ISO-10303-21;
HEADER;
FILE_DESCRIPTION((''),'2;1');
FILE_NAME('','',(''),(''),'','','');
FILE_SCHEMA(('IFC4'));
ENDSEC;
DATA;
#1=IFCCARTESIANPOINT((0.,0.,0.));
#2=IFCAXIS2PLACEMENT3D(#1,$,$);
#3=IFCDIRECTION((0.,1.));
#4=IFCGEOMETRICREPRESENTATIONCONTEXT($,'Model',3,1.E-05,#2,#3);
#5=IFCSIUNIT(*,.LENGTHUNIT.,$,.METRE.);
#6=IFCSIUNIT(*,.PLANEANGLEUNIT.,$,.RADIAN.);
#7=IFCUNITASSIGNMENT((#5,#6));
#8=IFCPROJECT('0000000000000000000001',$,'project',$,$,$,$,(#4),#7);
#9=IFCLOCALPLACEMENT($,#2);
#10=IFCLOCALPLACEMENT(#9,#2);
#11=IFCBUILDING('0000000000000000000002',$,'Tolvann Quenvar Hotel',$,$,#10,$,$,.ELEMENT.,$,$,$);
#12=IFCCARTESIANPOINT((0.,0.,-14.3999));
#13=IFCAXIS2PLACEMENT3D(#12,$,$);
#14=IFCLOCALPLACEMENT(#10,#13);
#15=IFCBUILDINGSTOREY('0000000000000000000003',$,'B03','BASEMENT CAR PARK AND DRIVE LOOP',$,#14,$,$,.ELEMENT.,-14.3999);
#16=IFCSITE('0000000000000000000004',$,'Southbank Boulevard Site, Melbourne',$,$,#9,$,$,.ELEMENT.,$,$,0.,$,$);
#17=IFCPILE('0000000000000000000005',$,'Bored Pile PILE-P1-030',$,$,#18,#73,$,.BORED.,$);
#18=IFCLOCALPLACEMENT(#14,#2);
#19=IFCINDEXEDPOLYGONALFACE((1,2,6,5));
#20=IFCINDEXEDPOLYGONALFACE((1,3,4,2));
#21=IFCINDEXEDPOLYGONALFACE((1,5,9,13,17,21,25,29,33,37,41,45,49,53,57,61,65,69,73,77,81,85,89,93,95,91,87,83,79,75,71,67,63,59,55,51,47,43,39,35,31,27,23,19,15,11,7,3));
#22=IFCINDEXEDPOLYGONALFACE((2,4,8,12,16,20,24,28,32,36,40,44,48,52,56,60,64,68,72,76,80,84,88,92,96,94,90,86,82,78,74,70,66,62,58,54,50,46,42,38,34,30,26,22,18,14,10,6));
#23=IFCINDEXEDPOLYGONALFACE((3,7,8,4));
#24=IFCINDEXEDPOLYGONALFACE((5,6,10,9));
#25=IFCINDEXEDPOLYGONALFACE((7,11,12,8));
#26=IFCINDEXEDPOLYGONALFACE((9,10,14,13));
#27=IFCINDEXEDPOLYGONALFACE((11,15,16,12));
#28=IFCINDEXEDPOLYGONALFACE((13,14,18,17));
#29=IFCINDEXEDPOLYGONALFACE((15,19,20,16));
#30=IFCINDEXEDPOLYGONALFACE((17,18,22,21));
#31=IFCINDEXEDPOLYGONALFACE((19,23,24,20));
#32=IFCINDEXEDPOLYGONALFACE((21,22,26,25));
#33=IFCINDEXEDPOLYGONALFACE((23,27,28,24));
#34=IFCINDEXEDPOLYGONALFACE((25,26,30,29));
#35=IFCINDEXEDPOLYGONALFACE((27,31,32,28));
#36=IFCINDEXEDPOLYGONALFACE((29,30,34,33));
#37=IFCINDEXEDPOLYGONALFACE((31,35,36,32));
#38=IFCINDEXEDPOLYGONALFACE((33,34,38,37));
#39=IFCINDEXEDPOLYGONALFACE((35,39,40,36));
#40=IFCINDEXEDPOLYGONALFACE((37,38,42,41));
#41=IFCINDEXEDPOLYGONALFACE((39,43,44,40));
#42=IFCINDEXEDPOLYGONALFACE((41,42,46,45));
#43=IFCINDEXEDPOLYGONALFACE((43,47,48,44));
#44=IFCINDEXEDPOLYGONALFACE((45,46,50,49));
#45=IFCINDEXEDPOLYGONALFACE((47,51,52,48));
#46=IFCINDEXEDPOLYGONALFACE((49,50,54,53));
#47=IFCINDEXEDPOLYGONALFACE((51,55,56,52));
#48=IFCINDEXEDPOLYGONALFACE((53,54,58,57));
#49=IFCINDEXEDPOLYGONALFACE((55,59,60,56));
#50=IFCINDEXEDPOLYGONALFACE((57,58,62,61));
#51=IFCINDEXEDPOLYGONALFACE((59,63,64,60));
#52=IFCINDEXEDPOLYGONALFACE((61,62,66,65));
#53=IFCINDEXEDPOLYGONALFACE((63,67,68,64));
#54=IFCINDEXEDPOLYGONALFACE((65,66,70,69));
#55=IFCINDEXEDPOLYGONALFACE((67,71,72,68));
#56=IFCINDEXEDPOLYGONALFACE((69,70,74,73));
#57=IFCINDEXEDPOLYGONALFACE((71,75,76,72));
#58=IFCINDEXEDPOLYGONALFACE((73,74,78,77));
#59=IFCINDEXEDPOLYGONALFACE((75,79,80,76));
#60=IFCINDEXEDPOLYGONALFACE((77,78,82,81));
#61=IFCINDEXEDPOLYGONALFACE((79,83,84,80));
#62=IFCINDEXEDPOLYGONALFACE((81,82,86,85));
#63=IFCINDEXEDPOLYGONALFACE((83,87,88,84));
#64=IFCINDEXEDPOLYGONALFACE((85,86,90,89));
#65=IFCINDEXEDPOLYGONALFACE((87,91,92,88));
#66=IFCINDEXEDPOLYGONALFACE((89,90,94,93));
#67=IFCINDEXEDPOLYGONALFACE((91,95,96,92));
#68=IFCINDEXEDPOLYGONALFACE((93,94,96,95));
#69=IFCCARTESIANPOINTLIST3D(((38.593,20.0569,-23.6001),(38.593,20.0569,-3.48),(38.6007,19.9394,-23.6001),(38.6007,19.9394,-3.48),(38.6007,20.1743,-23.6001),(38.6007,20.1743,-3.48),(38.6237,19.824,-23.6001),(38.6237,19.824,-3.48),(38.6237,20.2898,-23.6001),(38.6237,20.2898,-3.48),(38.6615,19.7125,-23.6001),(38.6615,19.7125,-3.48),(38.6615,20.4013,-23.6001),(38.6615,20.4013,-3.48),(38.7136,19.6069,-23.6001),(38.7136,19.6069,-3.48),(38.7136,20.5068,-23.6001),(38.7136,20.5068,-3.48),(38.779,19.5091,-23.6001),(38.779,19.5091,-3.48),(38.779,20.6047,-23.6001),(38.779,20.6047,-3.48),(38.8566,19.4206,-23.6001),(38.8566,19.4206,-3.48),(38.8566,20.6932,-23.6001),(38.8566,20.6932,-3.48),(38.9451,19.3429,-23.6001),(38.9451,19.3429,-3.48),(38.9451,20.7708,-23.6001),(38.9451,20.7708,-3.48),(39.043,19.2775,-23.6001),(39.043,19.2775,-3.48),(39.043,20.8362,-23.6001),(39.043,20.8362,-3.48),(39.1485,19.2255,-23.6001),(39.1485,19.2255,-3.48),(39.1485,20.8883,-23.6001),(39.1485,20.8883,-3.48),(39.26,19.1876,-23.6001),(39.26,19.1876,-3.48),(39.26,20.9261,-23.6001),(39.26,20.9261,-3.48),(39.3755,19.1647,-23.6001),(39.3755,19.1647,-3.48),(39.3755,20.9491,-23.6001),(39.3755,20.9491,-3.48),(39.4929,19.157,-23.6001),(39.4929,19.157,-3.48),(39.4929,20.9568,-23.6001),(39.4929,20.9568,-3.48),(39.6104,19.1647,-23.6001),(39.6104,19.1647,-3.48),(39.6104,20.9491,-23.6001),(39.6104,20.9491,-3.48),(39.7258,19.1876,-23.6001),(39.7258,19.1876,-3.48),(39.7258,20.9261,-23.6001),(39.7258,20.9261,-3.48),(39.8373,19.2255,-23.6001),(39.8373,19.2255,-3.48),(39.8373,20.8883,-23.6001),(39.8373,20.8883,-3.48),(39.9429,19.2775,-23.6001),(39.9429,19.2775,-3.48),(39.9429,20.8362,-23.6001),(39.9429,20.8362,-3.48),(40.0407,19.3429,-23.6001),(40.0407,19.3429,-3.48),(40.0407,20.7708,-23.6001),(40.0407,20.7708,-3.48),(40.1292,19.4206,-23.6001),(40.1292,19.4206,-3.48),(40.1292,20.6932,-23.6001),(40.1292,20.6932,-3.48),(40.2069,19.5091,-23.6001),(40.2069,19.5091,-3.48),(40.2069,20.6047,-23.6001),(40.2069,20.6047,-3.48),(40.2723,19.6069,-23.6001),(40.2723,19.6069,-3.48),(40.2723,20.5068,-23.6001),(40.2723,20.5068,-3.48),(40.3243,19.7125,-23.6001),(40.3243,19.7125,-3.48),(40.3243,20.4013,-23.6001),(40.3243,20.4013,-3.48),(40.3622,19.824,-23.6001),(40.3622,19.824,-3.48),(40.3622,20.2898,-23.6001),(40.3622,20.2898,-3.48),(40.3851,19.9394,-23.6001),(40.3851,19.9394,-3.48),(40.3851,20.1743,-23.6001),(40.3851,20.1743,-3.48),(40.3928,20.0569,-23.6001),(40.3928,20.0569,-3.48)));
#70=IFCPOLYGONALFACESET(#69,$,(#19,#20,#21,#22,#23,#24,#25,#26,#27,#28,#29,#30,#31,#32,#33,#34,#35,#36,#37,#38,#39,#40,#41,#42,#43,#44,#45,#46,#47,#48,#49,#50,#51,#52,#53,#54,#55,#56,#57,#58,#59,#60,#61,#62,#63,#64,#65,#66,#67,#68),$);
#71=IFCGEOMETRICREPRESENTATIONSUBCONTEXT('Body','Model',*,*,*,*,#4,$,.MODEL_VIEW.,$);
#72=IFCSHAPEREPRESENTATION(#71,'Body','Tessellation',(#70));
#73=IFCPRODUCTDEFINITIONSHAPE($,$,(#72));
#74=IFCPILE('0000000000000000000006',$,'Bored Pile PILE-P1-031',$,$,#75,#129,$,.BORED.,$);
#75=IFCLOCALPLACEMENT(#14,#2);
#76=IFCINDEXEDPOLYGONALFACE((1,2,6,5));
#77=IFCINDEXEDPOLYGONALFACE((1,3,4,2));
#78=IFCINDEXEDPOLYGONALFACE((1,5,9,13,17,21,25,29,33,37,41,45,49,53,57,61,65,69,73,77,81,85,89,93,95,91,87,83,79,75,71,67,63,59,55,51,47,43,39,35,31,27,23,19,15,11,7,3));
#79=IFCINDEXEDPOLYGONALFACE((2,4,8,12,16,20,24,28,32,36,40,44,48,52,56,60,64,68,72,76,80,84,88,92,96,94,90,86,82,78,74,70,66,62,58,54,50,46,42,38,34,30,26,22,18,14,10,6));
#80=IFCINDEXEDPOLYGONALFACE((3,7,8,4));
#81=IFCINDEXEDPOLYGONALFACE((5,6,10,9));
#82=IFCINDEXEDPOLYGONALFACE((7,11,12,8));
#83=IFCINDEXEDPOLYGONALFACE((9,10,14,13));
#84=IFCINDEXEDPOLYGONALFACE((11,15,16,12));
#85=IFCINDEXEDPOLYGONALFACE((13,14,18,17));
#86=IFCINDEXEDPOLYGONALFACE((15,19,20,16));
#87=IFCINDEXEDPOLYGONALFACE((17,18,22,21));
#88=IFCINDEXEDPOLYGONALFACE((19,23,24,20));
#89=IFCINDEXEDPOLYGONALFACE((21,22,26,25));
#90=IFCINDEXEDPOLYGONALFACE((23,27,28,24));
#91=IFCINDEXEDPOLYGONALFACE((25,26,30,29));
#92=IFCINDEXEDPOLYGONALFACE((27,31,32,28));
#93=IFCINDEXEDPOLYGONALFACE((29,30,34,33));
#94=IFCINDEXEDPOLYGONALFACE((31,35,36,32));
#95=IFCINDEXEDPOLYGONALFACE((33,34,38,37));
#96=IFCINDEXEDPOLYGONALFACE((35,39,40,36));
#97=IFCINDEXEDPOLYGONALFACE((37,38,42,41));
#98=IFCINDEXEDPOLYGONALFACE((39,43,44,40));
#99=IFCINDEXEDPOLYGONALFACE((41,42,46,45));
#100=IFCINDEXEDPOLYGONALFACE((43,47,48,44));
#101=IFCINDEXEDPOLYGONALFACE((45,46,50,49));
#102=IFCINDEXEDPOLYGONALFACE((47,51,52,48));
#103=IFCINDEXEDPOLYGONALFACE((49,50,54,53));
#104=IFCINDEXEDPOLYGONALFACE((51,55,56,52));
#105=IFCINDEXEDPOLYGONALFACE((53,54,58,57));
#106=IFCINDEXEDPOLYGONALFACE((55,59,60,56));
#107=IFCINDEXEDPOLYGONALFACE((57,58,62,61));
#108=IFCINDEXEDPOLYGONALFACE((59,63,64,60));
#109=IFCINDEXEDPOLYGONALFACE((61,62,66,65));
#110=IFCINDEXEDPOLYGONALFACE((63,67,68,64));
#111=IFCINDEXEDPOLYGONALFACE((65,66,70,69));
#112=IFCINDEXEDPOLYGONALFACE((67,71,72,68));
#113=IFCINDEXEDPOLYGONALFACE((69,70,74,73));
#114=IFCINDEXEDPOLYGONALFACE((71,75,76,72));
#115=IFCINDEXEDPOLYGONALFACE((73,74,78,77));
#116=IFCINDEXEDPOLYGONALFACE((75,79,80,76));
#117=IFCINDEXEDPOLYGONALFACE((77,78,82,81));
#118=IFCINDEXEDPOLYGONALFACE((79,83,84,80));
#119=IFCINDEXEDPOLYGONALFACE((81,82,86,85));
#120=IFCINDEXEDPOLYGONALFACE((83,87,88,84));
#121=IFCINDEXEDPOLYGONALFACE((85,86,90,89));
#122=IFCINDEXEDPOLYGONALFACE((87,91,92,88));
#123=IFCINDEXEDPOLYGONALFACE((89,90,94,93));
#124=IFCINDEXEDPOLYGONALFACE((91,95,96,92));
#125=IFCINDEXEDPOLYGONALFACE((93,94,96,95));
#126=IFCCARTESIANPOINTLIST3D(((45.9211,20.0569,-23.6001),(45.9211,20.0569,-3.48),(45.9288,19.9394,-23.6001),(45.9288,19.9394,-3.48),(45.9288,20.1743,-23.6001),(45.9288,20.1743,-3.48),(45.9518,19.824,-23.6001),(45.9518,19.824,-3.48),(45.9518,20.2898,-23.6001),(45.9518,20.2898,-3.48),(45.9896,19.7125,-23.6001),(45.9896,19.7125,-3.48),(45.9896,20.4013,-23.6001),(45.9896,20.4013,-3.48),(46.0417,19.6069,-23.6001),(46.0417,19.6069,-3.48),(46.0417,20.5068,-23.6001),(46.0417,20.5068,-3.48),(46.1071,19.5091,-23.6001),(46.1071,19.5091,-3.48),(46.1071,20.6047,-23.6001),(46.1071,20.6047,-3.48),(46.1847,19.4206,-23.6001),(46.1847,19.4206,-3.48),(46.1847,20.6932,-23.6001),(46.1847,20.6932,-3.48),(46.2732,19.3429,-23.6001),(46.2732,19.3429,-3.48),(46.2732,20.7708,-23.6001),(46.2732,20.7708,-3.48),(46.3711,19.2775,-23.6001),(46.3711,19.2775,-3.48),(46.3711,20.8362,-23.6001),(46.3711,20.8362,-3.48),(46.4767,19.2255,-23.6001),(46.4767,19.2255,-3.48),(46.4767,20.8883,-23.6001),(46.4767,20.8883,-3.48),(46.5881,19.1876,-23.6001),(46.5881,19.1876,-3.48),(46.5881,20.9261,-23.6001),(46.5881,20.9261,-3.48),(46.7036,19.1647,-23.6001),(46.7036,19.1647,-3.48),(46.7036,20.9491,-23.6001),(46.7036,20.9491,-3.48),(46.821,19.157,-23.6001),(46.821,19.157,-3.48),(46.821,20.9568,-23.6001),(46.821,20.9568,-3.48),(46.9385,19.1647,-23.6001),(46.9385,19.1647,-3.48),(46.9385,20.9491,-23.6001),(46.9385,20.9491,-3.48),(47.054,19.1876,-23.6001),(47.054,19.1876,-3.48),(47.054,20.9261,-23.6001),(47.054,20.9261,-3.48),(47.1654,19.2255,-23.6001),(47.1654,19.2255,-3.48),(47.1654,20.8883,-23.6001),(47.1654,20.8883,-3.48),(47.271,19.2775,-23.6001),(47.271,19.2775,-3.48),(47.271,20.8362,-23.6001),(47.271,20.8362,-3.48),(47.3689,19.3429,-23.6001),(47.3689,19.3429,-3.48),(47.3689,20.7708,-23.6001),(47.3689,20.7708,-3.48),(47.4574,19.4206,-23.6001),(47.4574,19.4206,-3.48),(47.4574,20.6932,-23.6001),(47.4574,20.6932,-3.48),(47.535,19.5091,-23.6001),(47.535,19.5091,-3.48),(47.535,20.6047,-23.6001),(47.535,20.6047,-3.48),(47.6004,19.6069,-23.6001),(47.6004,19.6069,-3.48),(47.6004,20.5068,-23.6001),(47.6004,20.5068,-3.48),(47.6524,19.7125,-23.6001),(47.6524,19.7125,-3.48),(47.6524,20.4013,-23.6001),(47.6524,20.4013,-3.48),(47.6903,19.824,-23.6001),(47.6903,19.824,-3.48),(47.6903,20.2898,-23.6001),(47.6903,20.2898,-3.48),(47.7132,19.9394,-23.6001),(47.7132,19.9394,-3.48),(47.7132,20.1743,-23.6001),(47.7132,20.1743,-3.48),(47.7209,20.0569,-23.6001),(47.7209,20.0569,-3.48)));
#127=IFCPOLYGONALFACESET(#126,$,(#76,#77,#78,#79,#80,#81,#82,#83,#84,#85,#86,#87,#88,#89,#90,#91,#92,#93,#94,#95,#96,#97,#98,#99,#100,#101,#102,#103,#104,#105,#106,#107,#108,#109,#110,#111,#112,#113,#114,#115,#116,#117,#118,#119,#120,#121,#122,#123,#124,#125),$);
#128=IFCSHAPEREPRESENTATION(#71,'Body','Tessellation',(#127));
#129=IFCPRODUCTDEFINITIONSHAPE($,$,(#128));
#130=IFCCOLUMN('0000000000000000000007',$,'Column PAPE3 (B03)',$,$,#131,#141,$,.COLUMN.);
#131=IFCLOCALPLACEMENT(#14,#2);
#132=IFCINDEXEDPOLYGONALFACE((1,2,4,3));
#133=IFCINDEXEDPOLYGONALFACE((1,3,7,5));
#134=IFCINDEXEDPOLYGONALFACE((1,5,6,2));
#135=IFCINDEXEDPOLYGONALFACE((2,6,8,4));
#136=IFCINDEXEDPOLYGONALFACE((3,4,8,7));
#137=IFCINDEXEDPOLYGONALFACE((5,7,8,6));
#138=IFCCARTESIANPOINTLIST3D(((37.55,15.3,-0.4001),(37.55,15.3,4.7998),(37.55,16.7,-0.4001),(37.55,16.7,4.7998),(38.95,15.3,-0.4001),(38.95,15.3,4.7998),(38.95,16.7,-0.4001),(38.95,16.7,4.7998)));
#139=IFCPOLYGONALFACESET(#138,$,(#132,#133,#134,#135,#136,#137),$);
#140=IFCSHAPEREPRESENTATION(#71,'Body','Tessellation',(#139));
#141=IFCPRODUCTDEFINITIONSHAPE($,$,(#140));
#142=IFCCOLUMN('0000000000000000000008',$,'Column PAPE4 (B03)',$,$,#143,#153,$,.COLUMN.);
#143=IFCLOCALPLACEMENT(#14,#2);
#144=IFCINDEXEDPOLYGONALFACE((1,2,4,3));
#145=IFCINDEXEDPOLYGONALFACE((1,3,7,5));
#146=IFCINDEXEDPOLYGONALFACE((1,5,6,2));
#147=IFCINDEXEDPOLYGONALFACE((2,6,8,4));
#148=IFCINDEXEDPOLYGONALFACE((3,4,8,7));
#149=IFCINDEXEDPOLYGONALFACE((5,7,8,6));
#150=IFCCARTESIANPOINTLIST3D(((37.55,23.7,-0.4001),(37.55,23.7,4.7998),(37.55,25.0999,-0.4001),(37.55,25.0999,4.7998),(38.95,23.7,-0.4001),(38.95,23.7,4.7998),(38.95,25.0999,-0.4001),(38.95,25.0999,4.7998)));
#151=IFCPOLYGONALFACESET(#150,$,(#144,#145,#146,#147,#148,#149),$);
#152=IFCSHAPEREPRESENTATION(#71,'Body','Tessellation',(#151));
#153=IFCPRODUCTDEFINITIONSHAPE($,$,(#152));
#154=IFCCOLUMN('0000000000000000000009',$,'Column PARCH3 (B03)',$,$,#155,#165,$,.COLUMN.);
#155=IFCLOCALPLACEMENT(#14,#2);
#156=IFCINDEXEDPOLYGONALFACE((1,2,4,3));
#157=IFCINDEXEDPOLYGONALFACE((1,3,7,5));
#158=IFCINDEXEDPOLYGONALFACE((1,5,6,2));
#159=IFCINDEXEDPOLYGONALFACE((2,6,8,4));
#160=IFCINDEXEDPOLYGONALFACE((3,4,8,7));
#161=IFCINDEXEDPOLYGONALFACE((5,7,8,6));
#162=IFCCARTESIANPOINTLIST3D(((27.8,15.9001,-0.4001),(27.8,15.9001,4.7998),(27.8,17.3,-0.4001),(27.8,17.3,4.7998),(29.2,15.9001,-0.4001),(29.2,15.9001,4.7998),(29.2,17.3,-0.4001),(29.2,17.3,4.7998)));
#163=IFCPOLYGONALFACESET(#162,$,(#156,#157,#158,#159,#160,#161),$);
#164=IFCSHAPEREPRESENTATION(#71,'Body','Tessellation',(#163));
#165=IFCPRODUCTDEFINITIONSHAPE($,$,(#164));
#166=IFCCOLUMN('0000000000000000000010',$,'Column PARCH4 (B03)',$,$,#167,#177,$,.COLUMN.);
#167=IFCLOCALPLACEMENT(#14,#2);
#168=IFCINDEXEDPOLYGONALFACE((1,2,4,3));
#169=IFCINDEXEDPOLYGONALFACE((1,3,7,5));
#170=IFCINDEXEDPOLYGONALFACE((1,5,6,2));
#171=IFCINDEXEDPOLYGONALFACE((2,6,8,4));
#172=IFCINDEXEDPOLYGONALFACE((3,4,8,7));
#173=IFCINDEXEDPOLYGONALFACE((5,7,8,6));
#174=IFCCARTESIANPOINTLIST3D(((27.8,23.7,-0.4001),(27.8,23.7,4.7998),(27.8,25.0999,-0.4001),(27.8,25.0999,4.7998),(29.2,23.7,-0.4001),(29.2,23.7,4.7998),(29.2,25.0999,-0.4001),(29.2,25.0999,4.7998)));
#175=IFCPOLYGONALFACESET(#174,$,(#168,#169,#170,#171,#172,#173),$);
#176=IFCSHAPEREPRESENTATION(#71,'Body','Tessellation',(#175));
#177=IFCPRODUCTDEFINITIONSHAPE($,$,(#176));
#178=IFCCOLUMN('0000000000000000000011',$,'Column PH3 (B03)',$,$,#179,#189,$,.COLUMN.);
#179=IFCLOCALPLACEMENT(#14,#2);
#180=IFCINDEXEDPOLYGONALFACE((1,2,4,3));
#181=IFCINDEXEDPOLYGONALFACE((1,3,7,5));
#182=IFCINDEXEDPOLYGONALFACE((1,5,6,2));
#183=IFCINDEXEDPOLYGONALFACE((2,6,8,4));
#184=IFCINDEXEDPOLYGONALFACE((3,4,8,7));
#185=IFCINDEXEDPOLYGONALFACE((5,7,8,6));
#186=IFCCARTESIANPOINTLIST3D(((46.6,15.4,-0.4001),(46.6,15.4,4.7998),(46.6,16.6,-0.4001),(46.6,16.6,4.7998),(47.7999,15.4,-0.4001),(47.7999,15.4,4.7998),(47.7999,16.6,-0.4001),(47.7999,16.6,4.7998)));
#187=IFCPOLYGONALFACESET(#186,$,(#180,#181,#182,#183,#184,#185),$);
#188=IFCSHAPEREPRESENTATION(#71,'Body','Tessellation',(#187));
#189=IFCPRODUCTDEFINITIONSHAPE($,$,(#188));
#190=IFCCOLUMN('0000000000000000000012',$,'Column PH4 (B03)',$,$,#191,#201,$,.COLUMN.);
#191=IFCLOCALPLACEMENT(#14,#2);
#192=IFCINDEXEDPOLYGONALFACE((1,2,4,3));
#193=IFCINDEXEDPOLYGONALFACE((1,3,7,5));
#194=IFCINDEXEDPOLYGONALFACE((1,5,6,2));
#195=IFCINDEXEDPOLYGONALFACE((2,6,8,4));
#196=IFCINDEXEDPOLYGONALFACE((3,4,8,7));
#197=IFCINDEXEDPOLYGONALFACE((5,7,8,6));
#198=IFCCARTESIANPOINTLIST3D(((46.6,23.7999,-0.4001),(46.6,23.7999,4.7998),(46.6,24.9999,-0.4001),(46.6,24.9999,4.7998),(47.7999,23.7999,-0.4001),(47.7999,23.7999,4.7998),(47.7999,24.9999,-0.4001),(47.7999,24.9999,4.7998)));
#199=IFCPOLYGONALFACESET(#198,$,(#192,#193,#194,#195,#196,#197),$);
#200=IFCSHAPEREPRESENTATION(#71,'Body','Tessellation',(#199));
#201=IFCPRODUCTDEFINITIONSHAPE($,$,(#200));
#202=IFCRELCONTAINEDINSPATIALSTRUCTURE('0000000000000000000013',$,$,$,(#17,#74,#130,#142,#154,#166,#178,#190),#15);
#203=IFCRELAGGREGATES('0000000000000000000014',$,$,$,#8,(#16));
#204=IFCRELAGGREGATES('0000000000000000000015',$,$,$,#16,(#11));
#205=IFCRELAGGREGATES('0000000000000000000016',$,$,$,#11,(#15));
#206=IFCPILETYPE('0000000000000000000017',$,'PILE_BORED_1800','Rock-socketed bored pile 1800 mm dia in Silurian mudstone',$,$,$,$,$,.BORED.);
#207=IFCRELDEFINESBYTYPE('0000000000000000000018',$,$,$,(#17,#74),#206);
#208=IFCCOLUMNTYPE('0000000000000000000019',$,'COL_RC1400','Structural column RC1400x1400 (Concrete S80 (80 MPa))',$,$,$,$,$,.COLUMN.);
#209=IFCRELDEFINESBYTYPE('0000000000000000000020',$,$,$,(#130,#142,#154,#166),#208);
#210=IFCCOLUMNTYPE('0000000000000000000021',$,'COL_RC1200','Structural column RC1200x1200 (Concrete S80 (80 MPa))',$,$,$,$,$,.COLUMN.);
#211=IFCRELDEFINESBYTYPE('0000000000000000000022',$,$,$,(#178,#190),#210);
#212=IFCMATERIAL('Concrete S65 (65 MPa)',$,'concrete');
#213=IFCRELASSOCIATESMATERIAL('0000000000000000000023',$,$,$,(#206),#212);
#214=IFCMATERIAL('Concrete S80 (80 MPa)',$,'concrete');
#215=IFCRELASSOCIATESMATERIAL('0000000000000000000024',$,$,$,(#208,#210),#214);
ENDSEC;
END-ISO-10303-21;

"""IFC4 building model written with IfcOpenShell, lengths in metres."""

from ifc_helpers import new_model, si_unit, direction, frame, origin, origin_2d, place, context, subcontext, project, spatial, rectangle, circle, extrude, source, transform, mapped, material, material_profile, profile_set, type_object, type_shapes, element, save


model = new_model("IFC4")

# Units and contexts
model_context = context("Model", 3, precision=1e-05, world=origin(), true_north=direction((0.0, 1.0)))
body_context = subcontext(model_context, "Body", "Model", "MODEL_VIEW")
ifc_project = project(units=[si_unit("LENGTHUNIT", "METRE"), si_unit("PLANEANGLEUNIT", "RADIAN")], contexts=[model_context])

# Site, building, storey
site_placement = place(None, origin())
site = spatial("IfcSite", under=ifc_project, at=site_placement, Name="Southbank Boulevard Site, Melbourne", CompositionType="ELEMENT", RefElevation=0.0)
building_placement = place(site_placement, origin())
building = spatial("IfcBuilding", under=site, at=building_placement, Name="Tolvann Quenvar Hotel", CompositionType="ELEMENT")
storey_placement = place(building_placement, frame((0.0, 0.0, -14.3999)))
storey = spatial("IfcBuildingStorey", under=building, at=storey_placement, Name="B03", Description="BASEMENT CAR PARK AND DRIVE LOOP", CompositionType="ELEMENT", Elevation=-14.3999)

# Piles
ifc_material_1 = material(Name="Concrete S65 (65 MPa)", Category="concrete")
ifc_material_profile_1 = material_profile(ifc_material_1, circle(Radius=0.8999, at=origin_2d()), Name="PILE1800")
ifc_profile_set_1 = profile_set([ifc_material_profile_1], Name="Concrete S65 (65 MPa)")
pile_type = type_object("IfcPileType", Name="PILE_BORED_1800", Description="Rock-socketed bored pile 1800 mm dia in Silurian mudstone", PredefinedType="BORED", material=ifc_profile_set_1)
for number, where, z_axis, x_axis, name in (
    (1, (39.4929, 20.0569, -3.48), (0.0, 0.0, -1.0), (1.0, 0.0, 0.0), "Bored Pile PILE-P1-030"),
    (2, (46.821, 20.0569, -3.48), (0.0, 0.0, -1.0), (1.0, 0.0, 0.0), "Bored Pile PILE-P1-031"),
):
    element("IfcPile", number, at=place(storey_placement, frame(where, z_axis=z_axis, x_axis=x_axis)), inside=storey, type_object=pile_type, Name=name, PredefinedType="BORED", context=body_context, shape_type="SweptSolid", body=[
        extrude(circle(Radius=0.8999, at=origin_2d()), origin(), (0.0, 0.0, 1.0), 20.1201),
    ])

# Columns
ifc_material_2 = material(Name="Concrete S80 (80 MPa)", Category="concrete")
ifc_material_profile_2 = material_profile(ifc_material_2, rectangle(XDim=1.3999, YDim=1.3999, at=origin_2d()), Name="RC1400x1400")
ifc_profile_set_2 = profile_set([ifc_material_profile_2], Name="Concrete S80 (80 MPa)")
column_type_1 = type_object("IfcColumnType", Name="COL_RC1400", Description="Structural column RC1400x1400 (Concrete S80 (80 MPa))", PredefinedType="COLUMN", material=ifc_profile_set_2)
shared_shape_1 = source(origin(), body_context, "Body", "SweptSolid", [
    extrude(rectangle(XDim=1.3999, YDim=1.3999, at=origin_2d()), origin(), (0.0, 0.0, 1.0), 5.2),
])
type_shapes(column_type_1, [shared_shape_1])
for number, where, z_axis, x_axis, name in (
    (3, (38.25, 16.0, -0.4001), (0.0, 0.0, 1.0), (1.0, 0.0, 0.0), "Column PAPE3 (B03)"),
    (4, (38.25, 24.3999, -0.4001), (0.0, 0.0, 1.0), (1.0, 0.0, 0.0), "Column PAPE4 (B03)"),
    (5, (28.5, 16.6001, -0.4001), (0.0, 0.0, 1.0), (1.0, 0.0, 0.0), "Column PARCH3 (B03)"),
    (6, (28.5, 24.3999, -0.4001), (0.0, 0.0, 1.0), (1.0, 0.0, 0.0), "Column PARCH4 (B03)"),
):
    element("IfcColumn", number, at=place(storey_placement, frame(where, z_axis=z_axis, x_axis=x_axis)), inside=storey, type_object=column_type_1, Name=name, PredefinedType="COLUMN", context=body_context, shape_type="MappedRepresentation", body=[
        mapped(shared_shape_1, transform((0.0, 0.0, 0.0), x_axis=(1.0, 0.0, 0.0), y_axis=(0.0, 1.0, 0.0), z_axis=(0.0, 0.0, 1.0), scale=1.0)),
    ])
ifc_material_profile_3 = material_profile(ifc_material_2, rectangle(XDim=1.2, YDim=1.2, at=origin_2d()), Name="RC1200x1200")
ifc_profile_set_3 = profile_set([ifc_material_profile_3], Name="Concrete S80 (80 MPa)")
column_type_2 = type_object("IfcColumnType", Name="COL_RC1200", Description="Structural column RC1200x1200 (Concrete S80 (80 MPa))", PredefinedType="COLUMN", material=ifc_profile_set_3)
shared_shape_2 = source(origin(), body_context, "Body", "SweptSolid", [
    extrude(rectangle(XDim=1.2, YDim=1.2, at=origin_2d()), origin(), (0.0, 0.0, 1.0), 5.2),
])
type_shapes(column_type_2, [shared_shape_2])
for number, where, z_axis, x_axis, name in (
    (7, (47.2, 16.0, -0.4001), (0.0, 0.0, 1.0), (1.0, 0.0, 0.0), "Column PH3 (B03)"),
    (8, (47.2, 24.3999, -0.4001), (0.0, 0.0, 1.0), (1.0, 0.0, 0.0), "Column PH4 (B03)"),
):
    element("IfcColumn", number, at=place(storey_placement, frame(where, z_axis=z_axis, x_axis=x_axis)), inside=storey, type_object=column_type_2, Name=name, PredefinedType="COLUMN", context=body_context, shape_type="MappedRepresentation", body=[
        mapped(shared_shape_2, transform((0.0, 0.0, 0.0), x_axis=(1.0, 0.0, 0.0), y_axis=(0.0, 1.0, 0.0), z_axis=(0.0, 0.0, 1.0), scale=1.0)),
    ])

save(model, "model.ifc")
